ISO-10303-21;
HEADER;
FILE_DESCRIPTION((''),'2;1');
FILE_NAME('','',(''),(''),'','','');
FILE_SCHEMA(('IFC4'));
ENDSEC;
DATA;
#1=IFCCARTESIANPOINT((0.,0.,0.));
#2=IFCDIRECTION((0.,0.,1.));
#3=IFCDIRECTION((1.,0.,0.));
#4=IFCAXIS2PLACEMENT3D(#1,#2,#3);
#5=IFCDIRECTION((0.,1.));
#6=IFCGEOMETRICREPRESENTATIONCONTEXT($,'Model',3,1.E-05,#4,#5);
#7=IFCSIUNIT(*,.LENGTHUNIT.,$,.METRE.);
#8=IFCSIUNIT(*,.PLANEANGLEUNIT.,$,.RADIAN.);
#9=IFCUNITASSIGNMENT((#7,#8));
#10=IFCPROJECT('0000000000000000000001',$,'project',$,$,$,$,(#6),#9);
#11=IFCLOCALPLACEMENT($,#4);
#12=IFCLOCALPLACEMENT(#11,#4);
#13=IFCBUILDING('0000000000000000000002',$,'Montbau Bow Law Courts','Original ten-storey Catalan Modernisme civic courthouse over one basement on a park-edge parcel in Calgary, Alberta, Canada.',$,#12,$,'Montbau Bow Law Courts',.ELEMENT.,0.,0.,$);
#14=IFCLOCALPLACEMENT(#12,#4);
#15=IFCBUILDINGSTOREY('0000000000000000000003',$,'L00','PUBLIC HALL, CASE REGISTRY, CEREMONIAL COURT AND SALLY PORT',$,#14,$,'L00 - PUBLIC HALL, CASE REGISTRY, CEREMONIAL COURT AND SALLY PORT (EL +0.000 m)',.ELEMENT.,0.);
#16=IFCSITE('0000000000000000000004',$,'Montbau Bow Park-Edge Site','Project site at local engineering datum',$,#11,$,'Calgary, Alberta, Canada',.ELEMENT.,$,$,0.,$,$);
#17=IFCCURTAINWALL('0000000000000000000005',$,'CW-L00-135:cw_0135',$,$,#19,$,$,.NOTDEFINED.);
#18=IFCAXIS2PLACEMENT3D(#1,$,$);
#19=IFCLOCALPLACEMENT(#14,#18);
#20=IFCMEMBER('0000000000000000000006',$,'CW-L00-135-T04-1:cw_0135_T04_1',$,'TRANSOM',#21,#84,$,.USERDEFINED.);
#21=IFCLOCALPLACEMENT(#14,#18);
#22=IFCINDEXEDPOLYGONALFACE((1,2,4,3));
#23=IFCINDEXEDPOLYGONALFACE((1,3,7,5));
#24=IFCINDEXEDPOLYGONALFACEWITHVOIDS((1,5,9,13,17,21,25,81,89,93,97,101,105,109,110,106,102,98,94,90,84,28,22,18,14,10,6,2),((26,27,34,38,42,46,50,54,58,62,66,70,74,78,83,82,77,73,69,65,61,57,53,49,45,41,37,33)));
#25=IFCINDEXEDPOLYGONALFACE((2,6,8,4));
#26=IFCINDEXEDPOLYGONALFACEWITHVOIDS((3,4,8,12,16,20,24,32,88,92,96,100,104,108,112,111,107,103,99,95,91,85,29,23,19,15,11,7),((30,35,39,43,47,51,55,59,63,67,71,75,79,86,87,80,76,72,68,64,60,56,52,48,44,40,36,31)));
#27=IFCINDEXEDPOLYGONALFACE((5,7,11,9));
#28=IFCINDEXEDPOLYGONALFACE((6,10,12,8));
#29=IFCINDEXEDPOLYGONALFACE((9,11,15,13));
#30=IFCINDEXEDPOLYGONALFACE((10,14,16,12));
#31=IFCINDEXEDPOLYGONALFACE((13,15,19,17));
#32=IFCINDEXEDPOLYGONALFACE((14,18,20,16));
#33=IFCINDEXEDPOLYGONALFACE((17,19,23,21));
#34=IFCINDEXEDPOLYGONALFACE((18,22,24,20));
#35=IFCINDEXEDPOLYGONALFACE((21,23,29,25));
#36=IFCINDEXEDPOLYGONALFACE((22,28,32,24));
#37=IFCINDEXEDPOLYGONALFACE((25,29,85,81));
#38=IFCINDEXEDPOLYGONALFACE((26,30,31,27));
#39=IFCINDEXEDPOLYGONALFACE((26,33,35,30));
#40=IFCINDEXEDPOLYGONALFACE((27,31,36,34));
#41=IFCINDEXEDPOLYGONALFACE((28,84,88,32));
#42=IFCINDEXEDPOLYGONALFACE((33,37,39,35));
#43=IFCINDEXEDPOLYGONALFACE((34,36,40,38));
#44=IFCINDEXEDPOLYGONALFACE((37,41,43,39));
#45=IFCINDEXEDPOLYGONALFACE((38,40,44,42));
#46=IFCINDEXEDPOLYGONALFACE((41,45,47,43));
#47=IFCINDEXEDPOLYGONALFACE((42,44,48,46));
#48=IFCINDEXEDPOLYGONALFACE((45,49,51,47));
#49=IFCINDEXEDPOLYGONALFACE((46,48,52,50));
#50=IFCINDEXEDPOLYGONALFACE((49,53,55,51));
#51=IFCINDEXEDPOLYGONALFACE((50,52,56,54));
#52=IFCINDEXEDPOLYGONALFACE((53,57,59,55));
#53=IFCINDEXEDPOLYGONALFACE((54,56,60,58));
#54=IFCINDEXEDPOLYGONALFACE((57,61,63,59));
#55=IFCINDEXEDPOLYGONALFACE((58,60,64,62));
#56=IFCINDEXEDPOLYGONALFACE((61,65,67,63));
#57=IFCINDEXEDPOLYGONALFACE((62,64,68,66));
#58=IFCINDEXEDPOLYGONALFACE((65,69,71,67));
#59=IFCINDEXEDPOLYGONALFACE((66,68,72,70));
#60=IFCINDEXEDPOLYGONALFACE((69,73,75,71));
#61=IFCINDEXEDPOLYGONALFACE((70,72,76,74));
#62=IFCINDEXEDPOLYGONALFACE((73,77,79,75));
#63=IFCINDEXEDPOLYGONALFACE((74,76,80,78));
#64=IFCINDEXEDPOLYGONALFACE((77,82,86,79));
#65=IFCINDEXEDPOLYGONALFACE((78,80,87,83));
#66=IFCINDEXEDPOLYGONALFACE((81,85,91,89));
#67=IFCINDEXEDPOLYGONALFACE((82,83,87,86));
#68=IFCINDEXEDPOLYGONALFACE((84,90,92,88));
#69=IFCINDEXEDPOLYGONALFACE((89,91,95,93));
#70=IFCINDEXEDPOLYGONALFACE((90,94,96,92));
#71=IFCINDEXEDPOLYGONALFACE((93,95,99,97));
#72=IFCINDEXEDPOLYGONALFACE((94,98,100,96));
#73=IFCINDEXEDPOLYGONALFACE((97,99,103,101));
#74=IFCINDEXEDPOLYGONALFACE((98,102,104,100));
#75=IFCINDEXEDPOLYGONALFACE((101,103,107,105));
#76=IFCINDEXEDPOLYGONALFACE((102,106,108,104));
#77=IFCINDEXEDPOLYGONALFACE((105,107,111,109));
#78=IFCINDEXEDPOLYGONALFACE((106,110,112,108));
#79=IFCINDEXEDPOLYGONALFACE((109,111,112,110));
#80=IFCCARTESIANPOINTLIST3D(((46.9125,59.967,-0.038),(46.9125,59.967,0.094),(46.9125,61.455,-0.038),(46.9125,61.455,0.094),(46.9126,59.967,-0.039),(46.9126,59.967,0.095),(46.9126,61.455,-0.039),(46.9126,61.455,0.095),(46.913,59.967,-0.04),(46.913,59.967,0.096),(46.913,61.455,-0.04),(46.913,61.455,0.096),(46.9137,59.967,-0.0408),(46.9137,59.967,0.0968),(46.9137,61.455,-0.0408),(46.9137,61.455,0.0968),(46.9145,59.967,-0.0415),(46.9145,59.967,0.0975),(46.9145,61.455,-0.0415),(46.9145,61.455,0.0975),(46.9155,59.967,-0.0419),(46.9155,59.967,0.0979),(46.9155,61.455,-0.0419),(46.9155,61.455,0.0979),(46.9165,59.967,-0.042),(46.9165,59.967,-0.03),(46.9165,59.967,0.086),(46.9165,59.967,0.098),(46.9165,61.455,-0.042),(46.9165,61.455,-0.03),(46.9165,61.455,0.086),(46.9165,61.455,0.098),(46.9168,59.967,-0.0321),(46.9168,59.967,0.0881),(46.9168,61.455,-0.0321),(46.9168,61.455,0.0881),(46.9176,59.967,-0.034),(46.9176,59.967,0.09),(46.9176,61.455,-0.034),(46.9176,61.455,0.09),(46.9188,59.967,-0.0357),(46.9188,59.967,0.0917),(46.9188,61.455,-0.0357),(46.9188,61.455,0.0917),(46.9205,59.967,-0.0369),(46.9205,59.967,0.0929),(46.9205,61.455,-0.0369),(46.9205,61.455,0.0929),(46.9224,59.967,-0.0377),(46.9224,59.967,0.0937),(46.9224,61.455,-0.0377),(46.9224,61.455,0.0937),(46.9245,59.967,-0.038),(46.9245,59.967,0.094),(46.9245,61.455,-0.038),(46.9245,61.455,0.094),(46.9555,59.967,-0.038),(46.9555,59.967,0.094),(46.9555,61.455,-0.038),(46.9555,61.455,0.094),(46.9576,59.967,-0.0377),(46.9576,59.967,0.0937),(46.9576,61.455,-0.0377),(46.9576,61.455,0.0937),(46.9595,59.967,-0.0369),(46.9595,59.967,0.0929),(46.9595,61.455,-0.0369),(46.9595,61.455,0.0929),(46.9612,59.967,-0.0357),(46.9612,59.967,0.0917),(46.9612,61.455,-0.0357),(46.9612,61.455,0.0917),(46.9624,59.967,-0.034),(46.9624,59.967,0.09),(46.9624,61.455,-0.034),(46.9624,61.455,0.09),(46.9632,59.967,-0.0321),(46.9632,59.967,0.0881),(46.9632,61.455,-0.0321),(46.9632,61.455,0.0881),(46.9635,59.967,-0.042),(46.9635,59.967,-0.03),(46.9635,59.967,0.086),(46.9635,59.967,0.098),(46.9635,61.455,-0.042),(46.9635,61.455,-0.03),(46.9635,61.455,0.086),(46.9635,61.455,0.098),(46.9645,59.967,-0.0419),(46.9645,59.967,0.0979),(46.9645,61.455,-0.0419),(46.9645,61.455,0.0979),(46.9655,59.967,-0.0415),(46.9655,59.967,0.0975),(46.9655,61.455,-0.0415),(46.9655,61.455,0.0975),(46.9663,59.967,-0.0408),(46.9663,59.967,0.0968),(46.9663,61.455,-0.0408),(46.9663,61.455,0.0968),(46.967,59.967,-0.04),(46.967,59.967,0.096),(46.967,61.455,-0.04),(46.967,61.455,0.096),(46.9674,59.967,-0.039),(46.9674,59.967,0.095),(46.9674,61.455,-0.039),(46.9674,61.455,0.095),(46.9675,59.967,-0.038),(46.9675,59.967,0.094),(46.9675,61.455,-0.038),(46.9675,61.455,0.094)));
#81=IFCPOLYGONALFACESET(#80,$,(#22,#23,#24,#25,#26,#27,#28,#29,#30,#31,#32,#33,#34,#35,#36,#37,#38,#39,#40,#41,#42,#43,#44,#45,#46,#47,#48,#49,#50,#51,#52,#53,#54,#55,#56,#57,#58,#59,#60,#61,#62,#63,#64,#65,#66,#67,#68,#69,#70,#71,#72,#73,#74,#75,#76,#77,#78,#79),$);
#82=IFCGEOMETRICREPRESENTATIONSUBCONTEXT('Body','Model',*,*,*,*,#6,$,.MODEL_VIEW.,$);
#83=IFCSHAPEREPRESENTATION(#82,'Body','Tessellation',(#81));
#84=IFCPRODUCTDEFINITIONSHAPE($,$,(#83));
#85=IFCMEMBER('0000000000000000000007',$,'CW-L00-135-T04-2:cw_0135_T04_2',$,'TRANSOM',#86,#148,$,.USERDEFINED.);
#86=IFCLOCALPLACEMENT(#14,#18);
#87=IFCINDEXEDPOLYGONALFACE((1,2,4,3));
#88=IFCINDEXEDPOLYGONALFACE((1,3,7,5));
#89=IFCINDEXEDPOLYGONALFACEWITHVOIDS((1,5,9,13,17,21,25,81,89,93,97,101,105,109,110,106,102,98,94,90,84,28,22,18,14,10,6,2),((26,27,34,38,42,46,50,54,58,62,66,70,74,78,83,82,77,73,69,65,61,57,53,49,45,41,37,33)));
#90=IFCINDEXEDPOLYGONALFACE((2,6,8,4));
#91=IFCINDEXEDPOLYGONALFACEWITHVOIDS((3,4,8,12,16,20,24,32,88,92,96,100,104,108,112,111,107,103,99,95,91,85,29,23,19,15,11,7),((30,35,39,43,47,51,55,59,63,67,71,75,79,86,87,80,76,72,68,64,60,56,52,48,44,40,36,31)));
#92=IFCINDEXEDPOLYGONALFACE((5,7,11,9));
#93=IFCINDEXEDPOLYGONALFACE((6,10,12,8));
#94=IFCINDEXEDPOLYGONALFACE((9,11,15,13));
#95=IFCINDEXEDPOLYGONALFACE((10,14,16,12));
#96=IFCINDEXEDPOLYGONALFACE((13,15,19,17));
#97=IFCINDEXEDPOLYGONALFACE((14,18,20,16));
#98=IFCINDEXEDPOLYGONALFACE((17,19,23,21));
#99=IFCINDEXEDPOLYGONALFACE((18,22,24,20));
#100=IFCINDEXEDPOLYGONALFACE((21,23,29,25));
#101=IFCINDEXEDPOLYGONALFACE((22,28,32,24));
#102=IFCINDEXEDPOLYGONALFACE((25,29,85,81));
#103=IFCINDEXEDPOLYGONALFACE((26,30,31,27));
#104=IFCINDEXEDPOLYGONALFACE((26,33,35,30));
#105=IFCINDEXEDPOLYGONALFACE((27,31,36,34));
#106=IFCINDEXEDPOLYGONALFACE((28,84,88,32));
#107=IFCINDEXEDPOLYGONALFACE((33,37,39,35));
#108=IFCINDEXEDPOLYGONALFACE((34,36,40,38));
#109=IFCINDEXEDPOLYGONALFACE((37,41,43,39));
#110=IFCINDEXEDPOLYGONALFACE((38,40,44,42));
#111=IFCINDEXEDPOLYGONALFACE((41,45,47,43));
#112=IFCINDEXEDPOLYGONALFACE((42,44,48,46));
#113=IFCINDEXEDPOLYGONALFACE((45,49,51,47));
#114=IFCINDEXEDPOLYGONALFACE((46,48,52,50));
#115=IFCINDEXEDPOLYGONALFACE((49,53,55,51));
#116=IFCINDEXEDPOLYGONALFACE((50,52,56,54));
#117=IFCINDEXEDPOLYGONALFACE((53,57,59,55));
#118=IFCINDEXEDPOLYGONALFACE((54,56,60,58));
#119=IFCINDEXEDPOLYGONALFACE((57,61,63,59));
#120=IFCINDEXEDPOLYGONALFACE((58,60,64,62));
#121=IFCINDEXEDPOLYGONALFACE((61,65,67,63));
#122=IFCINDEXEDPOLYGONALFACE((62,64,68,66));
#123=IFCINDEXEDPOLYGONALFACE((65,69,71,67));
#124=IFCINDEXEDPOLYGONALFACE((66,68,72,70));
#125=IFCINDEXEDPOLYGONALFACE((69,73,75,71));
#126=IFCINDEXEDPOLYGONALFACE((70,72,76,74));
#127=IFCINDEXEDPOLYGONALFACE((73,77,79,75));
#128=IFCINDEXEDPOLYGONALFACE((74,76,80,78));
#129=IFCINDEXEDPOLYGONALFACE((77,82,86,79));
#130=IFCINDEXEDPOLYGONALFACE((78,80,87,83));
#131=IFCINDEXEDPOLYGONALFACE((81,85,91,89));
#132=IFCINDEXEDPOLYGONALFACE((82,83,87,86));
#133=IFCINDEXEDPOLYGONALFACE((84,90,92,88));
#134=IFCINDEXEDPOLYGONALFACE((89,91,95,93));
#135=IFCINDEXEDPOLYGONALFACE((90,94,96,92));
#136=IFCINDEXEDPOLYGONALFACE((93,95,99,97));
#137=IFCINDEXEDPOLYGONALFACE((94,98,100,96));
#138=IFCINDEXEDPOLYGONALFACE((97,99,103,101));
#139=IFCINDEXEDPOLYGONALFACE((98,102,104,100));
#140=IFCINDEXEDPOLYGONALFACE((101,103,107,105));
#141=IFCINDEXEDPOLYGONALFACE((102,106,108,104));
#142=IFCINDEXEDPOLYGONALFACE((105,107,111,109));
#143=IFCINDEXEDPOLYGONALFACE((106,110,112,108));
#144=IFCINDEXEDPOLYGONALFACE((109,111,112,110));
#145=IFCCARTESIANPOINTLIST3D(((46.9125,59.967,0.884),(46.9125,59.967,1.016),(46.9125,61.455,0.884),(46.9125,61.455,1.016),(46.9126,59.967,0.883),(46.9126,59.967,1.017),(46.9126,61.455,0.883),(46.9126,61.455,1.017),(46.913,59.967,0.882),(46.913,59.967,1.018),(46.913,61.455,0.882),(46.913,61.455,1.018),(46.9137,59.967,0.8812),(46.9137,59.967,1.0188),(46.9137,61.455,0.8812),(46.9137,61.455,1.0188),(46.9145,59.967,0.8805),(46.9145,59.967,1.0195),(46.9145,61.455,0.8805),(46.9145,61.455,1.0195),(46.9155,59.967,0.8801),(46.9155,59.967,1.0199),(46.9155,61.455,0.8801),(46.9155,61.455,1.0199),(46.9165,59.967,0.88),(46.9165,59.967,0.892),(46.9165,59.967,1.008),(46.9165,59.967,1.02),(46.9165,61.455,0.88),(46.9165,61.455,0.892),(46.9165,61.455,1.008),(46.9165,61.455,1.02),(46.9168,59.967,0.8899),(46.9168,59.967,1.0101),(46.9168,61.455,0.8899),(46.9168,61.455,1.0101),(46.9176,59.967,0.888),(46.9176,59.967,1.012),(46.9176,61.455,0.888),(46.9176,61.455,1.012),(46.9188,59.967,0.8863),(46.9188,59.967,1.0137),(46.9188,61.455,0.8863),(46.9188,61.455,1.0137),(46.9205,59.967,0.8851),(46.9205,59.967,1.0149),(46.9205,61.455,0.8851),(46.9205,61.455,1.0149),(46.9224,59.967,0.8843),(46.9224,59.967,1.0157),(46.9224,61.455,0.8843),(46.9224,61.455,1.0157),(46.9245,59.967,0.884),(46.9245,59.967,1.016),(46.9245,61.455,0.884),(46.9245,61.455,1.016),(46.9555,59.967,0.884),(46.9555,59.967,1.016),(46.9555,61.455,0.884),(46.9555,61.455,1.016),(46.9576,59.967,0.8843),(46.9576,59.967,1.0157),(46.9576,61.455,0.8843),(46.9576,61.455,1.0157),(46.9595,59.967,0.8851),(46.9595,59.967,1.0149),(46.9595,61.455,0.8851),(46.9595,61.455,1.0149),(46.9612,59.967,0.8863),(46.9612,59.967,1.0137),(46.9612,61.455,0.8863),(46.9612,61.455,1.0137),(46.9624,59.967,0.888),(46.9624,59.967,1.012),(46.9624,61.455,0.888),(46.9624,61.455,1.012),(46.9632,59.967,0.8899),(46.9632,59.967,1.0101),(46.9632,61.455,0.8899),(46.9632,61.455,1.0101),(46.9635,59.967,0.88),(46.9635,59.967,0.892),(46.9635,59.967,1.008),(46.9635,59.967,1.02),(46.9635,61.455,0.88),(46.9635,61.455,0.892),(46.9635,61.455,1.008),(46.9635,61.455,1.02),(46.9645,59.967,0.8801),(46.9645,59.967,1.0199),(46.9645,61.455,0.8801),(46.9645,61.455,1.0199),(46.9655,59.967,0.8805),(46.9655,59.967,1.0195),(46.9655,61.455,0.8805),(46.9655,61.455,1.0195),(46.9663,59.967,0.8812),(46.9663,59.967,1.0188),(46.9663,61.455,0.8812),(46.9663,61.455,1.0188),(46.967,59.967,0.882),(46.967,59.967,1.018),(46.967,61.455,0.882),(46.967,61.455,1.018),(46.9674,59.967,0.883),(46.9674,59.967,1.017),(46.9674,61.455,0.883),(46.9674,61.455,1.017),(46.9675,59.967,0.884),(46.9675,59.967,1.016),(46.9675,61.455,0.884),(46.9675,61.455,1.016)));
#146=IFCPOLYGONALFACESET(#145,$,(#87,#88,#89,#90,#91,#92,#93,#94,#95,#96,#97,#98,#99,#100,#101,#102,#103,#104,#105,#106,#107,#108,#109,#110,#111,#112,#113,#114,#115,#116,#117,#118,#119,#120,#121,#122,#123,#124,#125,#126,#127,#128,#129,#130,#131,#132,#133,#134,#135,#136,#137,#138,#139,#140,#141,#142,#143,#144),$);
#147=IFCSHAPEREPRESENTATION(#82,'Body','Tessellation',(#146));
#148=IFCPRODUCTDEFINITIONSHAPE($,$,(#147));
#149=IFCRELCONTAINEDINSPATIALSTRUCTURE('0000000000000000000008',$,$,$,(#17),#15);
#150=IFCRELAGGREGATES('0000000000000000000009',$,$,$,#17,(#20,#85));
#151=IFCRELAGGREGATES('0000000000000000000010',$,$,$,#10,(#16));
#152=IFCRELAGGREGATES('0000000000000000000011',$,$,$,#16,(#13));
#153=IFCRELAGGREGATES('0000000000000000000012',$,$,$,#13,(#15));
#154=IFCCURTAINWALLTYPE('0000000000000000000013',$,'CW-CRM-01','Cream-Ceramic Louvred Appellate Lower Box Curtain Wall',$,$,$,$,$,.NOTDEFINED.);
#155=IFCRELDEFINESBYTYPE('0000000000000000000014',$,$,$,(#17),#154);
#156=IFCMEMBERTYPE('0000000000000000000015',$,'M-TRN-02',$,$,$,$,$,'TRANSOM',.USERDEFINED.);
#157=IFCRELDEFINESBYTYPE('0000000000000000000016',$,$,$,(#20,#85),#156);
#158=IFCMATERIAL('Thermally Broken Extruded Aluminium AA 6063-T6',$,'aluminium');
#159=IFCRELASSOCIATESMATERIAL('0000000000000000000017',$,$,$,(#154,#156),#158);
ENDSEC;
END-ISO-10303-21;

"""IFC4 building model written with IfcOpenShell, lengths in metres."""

from ifc_helpers import new_model, si_unit, direction, frame, origin_with_axes, origin_2d_with_axis, place, context, subcontext, project, spatial, hollow_rectangle, extrude, material, material_profile, profile_set, type_object, element, aggregate, save


model = new_model("IFC4")

# Units and contexts
model_context = context("Model", 3, precision=1e-05, world=origin_with_axes(), true_north=direction((0.0, 1.0)))
body_context = subcontext(model_context, "Body", "Model", "MODEL_VIEW")
ifc_project = project(units=[si_unit("LENGTHUNIT", "METRE"), si_unit("PLANEANGLEUNIT", "RADIAN")], contexts=[model_context])

# Site, building, storey
site_placement = place(None, origin_with_axes())
site = spatial("IfcSite", under=ifc_project, at=site_placement, Name="Montbau Bow Park-Edge Site", Description="Project site at local engineering datum", LongName="Calgary, Alberta, Canada", CompositionType="ELEMENT", RefElevation=0.0)
building_placement = place(site_placement, origin_with_axes())
building = spatial("IfcBuilding", under=site, at=building_placement, Name="Montbau Bow Law Courts", Description="Original ten-storey Catalan Modernisme civic courthouse over one basement on a park-edge parcel in Calgary, Alberta, Canada.", LongName="Montbau Bow Law Courts", CompositionType="ELEMENT", ElevationOfRefHeight=0.0, ElevationOfTerrain=0.0)
storey_placement = place(building_placement, origin_with_axes())
storey = spatial("IfcBuildingStorey", under=building, at=storey_placement, Name="L00", Description="PUBLIC HALL, CASE REGISTRY, CEREMONIAL COURT AND SALLY PORT", LongName="L00 - PUBLIC HALL, CASE REGISTRY, CEREMONIAL COURT AND SALLY PORT (EL +0.000 m)", CompositionType="ELEMENT", Elevation=0.0)

# Shared definitions
ifc_material_1 = material(Name="Thermally Broken Extruded Aluminium AA 6063-T6", Category="aluminium")
curtain_wall_type = type_object("IfcCurtainWallType", Name="CW-CRM-01", Description="Cream-Ceramic Louvred Appellate Lower Box Curtain Wall", PredefinedType="NOTDEFINED", material=ifc_material_1)

# Curtain wall, members
curtain_wall_1_placement = place(None, frame((46.94, 55.115, 0.0), z_axis=(0.0, 0.0, 1.0), x_axis=(1.0, 0.0, 0.0)))
curtain_wall_1 = element("IfcCurtainWall", 1, at=curtain_wall_1_placement, inside=storey, type_object=curtain_wall_type, Name="CW-L00-135:cw_0135", PredefinedType="NOTDEFINED")
ifc_material_profile_1 = material_profile(ifc_material_1, hollow_rectangle(XDim=0.055, YDim=0.14, WallThickness=0.004, InnerFilletRadius=0.008, OuterFilletRadius=0.004, at=origin_2d_with_axis()), Name="CWT-140X55", Category="Main", Priority=0)
ifc_profile_set_1 = profile_set([ifc_material_profile_1], Name="Thermally Broken Extruded Aluminium AA 6063-T6")
member_type_1 = type_object("IfcMemberType", Name="M-TRN-02", ElementType="TRANSOM", PredefinedType="USERDEFINED", material=ifc_profile_set_1)
member_1_placement = place(None, frame((46.94, 59.967, 0.028), z_axis=(0.0, 1.0, 0.0), x_axis=(-1.0, 0.0, 0.0)))
member_1 = element("IfcMember", 2, at=member_1_placement, type_object=member_type_1, Name="CW-L00-135-T04-1:cw_0135_T04_1", ObjectType="TRANSOM", PredefinedType="USERDEFINED", context=body_context, shape_type="SweptSolid", body=[
    extrude(hollow_rectangle(XDim=0.055, YDim=0.14, WallThickness=0.004, InnerFilletRadius=0.008, OuterFilletRadius=0.004, at=origin_2d_with_axis()), origin_with_axes(), (0.0, 0.0, 1.0), 1.488),
])
member_2_placement = place(None, frame((46.94, 59.967, 0.95), z_axis=(0.0, 1.0, 0.0), x_axis=(-1.0, 0.0, 0.0)))
member_2 = element("IfcMember", 3, at=member_2_placement, type_object=member_type_1, Name="CW-L00-135-T04-2:cw_0135_T04_2", ObjectType="TRANSOM", PredefinedType="USERDEFINED", context=body_context, shape_type="SweptSolid", body=[
    extrude(hollow_rectangle(XDim=0.055, YDim=0.14, WallThickness=0.004, InnerFilletRadius=0.008, OuterFilletRadius=0.004, at=origin_2d_with_axis()), origin_with_axes(), (0.0, 0.0, 1.0), 1.488),
])

aggregate(curtain_wall_1, [member_1, member_2])

save(model, "model.ifc")
